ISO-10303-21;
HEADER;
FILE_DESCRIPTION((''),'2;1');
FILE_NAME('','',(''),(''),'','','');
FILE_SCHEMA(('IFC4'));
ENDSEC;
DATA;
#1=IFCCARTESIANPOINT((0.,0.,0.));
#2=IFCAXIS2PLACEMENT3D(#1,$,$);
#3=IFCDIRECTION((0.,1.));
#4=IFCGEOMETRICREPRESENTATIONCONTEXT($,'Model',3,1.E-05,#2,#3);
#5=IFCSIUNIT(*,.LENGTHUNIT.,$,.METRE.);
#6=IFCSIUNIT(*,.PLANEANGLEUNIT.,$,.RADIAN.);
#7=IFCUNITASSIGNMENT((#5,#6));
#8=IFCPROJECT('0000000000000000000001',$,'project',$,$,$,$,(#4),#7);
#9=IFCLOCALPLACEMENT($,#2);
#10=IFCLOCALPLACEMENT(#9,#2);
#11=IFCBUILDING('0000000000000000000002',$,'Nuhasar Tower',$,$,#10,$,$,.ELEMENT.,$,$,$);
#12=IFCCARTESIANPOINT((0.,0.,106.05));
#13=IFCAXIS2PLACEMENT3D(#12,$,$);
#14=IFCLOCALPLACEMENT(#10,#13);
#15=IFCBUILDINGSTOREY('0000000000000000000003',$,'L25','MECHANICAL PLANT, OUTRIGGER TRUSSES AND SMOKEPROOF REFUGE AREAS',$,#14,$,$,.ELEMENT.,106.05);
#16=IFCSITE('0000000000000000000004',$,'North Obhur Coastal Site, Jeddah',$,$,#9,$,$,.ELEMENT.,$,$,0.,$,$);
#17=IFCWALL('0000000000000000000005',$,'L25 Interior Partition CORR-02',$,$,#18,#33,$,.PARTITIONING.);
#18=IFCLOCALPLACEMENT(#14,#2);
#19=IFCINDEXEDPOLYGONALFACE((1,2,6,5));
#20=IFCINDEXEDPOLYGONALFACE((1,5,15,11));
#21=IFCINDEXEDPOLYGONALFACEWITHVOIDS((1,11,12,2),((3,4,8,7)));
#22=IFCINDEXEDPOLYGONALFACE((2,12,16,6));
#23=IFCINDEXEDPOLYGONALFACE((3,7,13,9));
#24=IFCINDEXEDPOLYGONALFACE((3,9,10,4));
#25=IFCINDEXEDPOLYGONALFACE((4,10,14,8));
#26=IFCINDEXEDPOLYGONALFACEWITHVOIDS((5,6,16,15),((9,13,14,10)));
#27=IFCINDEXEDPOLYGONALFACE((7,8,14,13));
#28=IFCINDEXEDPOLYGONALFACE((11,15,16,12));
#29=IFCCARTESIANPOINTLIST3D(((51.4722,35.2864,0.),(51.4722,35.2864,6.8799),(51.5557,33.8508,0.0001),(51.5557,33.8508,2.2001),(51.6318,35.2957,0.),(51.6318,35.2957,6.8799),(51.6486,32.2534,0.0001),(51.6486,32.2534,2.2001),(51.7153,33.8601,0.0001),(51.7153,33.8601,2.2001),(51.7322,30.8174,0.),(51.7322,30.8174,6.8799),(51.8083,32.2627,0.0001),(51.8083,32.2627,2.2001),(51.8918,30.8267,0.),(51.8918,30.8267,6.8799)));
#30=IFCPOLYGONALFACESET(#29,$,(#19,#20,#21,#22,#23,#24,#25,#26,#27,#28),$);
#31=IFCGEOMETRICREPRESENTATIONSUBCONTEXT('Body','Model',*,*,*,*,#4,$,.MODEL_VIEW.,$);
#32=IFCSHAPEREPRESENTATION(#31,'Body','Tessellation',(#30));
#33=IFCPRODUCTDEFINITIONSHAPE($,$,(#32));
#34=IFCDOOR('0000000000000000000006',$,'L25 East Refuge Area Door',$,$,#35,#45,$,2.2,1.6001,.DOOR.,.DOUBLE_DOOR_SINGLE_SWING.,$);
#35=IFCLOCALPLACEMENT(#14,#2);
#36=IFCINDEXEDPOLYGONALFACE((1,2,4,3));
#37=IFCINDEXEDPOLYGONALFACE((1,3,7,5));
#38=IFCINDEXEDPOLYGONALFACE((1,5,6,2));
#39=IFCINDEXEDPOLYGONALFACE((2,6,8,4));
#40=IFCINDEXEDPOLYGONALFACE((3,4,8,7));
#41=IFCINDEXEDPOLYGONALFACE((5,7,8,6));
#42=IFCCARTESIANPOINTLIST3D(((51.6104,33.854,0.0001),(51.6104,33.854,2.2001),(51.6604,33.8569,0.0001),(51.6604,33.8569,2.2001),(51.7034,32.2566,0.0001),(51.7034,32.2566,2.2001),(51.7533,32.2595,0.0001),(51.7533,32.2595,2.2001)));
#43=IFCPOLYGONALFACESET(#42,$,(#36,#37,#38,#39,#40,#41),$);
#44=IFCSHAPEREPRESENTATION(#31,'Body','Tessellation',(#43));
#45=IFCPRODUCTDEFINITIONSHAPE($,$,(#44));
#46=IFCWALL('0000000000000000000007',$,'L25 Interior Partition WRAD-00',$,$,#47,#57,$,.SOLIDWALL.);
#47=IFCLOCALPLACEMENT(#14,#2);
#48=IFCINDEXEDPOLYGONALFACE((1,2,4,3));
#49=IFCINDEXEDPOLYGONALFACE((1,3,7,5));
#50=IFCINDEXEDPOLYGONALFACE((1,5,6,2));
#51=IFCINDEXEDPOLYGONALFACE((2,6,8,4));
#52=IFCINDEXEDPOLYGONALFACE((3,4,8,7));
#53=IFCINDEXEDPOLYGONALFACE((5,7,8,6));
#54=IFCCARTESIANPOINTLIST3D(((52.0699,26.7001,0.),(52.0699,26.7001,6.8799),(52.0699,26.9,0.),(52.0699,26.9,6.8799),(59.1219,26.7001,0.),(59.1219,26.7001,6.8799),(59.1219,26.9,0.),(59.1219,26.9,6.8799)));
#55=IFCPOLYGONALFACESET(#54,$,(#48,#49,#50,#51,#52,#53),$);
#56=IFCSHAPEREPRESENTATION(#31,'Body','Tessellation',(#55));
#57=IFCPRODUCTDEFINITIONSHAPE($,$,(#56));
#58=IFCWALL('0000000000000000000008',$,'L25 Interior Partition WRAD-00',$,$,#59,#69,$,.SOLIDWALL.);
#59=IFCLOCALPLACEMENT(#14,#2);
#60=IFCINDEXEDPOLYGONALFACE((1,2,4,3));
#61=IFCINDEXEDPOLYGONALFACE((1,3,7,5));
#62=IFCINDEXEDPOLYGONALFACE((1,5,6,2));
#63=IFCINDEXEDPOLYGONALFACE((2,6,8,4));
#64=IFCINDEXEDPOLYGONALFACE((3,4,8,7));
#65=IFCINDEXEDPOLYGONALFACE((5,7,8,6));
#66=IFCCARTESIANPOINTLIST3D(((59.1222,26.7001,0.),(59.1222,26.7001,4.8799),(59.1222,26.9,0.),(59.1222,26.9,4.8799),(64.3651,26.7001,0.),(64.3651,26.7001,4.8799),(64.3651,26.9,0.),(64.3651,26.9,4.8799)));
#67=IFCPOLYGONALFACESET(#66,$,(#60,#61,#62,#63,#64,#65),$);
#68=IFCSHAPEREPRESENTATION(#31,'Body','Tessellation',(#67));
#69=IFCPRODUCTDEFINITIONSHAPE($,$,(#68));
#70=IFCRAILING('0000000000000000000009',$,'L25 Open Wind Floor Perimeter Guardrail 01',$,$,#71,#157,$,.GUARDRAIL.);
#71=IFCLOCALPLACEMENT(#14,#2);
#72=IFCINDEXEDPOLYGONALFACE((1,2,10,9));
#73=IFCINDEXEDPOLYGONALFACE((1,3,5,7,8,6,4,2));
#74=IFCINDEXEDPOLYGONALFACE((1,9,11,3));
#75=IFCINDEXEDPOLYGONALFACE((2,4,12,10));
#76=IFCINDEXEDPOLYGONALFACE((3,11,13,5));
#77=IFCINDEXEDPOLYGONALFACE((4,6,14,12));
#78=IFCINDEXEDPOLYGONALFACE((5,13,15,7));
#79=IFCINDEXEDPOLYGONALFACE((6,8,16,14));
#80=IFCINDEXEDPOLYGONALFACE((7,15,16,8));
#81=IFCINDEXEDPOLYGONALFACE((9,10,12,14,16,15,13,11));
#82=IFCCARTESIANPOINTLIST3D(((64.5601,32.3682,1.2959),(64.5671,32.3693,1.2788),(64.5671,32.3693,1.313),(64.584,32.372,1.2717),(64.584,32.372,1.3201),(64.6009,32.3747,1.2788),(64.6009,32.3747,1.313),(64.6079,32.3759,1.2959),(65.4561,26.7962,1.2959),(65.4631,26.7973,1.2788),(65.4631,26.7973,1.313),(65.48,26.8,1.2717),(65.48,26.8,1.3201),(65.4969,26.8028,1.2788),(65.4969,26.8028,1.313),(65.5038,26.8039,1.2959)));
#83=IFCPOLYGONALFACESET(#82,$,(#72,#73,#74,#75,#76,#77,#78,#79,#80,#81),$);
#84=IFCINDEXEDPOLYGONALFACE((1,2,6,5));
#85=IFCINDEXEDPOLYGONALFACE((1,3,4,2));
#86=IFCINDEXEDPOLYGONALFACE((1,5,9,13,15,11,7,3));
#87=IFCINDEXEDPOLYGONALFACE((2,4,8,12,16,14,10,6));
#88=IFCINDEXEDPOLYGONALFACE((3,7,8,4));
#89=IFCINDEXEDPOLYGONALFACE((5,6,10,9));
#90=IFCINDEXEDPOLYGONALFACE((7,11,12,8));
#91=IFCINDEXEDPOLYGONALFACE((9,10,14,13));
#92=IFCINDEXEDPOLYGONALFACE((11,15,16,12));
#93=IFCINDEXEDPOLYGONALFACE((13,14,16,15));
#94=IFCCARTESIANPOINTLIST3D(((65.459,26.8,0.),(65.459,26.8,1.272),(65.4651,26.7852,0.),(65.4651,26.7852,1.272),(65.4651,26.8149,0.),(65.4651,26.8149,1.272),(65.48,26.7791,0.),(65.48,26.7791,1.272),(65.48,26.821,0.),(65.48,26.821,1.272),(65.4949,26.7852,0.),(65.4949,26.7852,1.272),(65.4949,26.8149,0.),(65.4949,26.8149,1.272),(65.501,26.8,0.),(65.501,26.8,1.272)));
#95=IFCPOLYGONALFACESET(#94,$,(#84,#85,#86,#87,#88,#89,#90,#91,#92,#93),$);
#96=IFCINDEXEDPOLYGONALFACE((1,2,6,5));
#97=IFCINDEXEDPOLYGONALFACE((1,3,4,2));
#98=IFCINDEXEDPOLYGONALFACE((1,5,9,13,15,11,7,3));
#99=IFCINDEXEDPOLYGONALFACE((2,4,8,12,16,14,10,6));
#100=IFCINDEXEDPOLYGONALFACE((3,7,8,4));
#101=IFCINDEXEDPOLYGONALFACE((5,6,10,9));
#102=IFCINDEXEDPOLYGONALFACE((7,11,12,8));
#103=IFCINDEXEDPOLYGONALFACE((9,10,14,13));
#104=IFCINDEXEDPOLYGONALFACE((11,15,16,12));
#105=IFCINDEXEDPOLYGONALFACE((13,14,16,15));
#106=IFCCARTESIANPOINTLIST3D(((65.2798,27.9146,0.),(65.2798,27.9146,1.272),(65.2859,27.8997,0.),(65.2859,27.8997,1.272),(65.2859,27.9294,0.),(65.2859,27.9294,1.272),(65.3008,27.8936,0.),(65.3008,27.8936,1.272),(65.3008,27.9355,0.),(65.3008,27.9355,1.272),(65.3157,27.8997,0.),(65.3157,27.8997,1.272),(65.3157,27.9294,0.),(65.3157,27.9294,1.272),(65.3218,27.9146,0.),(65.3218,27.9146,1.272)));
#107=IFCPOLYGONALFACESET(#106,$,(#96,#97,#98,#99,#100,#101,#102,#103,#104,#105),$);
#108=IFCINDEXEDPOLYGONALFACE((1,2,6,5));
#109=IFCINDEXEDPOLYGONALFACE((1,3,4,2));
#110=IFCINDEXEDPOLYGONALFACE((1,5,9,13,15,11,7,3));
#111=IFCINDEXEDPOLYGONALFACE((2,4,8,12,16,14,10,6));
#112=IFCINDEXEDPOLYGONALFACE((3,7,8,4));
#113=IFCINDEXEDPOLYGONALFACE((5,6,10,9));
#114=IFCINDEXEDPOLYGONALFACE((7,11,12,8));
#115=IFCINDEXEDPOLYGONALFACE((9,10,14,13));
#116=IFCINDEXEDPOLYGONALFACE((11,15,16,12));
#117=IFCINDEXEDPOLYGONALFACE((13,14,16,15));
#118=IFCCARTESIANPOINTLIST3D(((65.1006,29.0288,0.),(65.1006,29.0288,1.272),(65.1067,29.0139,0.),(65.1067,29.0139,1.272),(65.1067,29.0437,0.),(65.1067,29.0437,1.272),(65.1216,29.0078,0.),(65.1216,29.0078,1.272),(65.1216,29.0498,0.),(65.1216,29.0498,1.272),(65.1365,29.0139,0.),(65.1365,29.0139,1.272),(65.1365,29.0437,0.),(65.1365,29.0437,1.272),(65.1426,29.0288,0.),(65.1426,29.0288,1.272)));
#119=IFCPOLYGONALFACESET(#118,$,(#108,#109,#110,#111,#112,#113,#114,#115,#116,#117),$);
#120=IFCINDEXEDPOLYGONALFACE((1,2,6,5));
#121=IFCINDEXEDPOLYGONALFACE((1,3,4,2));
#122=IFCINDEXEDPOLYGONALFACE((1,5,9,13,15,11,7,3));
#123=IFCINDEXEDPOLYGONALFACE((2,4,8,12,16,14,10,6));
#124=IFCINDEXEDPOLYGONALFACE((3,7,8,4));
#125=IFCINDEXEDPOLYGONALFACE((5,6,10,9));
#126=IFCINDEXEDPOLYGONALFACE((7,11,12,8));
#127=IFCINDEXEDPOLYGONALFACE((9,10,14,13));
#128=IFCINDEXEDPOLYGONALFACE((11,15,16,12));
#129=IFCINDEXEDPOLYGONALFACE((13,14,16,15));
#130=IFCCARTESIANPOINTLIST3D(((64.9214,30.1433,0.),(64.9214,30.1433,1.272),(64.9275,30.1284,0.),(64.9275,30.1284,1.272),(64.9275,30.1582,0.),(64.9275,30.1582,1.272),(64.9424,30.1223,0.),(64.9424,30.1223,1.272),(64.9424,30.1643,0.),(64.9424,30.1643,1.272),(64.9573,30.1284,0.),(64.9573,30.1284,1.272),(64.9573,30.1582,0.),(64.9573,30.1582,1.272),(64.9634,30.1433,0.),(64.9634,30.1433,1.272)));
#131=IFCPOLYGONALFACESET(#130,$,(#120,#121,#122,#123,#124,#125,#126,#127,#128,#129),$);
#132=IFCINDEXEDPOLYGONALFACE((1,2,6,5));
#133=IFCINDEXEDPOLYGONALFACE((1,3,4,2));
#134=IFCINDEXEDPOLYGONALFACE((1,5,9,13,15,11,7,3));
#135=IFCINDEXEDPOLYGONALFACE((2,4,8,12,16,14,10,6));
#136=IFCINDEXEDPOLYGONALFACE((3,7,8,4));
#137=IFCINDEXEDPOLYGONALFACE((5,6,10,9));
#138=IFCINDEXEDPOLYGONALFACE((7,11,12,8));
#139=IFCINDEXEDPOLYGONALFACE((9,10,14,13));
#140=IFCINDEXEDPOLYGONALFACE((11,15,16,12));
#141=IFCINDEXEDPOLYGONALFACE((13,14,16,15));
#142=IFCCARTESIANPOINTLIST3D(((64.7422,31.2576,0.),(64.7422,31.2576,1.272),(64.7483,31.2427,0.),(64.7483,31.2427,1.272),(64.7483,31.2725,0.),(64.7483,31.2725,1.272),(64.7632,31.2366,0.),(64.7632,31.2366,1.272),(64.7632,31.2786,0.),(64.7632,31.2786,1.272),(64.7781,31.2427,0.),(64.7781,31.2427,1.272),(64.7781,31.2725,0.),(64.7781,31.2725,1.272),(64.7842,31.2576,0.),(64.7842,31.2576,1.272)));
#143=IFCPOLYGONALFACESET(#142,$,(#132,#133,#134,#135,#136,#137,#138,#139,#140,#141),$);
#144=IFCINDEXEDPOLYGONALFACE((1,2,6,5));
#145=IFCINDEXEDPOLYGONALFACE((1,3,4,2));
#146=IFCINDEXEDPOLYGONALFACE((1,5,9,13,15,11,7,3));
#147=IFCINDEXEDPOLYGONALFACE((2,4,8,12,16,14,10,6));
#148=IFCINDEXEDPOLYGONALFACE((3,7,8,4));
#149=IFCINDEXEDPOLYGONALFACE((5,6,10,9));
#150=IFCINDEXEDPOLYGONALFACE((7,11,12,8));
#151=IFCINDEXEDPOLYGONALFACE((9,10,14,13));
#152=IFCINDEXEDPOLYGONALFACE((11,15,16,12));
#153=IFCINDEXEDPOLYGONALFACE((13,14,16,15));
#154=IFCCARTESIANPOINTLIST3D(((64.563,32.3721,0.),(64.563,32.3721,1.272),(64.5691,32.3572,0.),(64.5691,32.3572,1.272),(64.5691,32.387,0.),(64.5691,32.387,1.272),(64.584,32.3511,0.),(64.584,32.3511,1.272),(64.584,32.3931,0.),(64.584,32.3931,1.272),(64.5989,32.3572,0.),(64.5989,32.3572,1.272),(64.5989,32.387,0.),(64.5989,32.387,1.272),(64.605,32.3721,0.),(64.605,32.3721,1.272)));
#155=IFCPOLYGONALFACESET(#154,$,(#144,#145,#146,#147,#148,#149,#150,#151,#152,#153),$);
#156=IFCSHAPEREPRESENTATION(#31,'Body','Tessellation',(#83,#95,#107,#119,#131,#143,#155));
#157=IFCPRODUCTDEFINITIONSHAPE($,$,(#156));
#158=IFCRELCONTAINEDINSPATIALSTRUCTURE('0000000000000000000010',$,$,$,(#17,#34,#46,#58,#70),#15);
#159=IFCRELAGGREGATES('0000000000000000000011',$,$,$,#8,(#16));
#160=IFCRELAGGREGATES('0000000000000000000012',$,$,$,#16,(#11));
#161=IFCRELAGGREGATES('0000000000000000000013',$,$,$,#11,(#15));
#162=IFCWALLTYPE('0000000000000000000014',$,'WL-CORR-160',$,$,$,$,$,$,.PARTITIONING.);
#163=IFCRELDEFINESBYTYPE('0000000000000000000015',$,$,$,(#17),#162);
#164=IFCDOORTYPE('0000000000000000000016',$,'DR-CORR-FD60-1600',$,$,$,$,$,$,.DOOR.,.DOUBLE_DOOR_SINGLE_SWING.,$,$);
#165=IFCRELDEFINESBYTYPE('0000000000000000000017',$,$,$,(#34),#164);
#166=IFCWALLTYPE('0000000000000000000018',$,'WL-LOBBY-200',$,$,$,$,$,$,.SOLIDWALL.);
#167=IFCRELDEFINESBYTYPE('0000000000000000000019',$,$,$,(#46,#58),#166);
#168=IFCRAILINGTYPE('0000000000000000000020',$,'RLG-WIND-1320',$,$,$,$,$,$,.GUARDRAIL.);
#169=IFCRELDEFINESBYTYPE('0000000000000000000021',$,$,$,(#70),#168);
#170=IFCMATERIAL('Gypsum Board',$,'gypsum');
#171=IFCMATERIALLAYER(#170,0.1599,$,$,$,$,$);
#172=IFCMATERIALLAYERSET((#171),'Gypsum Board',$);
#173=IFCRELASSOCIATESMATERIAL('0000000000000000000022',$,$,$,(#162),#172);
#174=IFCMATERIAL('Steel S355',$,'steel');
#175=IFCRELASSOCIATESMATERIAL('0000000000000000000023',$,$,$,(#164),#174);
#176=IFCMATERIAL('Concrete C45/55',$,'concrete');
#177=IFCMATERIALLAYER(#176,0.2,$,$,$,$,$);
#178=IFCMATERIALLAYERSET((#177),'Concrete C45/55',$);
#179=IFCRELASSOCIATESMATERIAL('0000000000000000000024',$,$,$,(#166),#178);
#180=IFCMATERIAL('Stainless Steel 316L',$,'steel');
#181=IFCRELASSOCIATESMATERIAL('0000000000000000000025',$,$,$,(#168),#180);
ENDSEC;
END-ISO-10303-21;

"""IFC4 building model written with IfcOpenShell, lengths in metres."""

from ifc_helpers import new_model, si_unit, direction, frame, frame_2d, origin, place, context, subcontext, project, spatial, polyline, rectangle, outline, extrude, material, layer, layer_set, type_object, element, fill, save


model = new_model("IFC4")

# Units and contexts
model_context = context("Model", 3, precision=1e-05, world=origin(), true_north=direction((0.0, 1.0)))
body_context = subcontext(model_context, "Body", "Model", "MODEL_VIEW")
ifc_project = project(units=[si_unit("LENGTHUNIT", "METRE"), si_unit("PLANEANGLEUNIT", "RADIAN")], contexts=[model_context])

# Site, building, storey
site_placement = place(None, origin())
site = spatial("IfcSite", under=ifc_project, at=site_placement, Name="North Obhur Coastal Site, Jeddah", CompositionType="ELEMENT", RefElevation=0.0)
building_placement = place(site_placement, origin())
building = spatial("IfcBuilding", under=site, at=building_placement, Name="Nuhasar Tower", CompositionType="ELEMENT")
storey_placement = place(building_placement, frame((0.0, 0.0, 106.05)))
storey = spatial("IfcBuildingStorey", under=building, at=storey_placement, Name="L25", Description="MECHANICAL PLANT, OUTRIGGER TRUSSES AND SMOKEPROOF REFUGE AREAS", CompositionType="ELEMENT", Elevation=106.05)

# Shared definitions
ifc_material_1 = material(Name="Steel S355", Category="steel")

# Shared definitions
ifc_material_2 = material(Name="Gypsum Board", Category="gypsum")
ifc_layer_1 = layer(ifc_material_2, 0.1599)
ifc_layer_set_1 = layer_set([ifc_layer_1], Name="Gypsum Board")
wall_type_1 = type_object("IfcWallType", Name="WL-CORR-160", PredefinedType="PARTITIONING", material=ifc_layer_set_1)

# Wall, opening, door
wall_1_placement = place(storey_placement, frame((51.552, 35.291, 0.0), z_axis=(0.0, 0.0, 1.0), x_axis=(0.058083, -0.998312, 0.0)))
wall_1 = element("IfcWall", 1, at=wall_1_placement, inside=storey, type_object=wall_type_1, Name="L25 Interior Partition CORR-02", PredefinedType="PARTITIONING", context=body_context, shape_type="SweptSolid", body=[
    extrude(rectangle(XDim=4.4766, YDim=0.1599, at=frame_2d((2.2383, 0.0))), origin(), (0.0, 0.0, 1.0), 6.8799),
])
opening_placement = place(wall_1_placement, frame((1.438, 0.0, 0.0)))
opening = element("IfcOpeningElement", 2, at=opening_placement, cuts=wall_1, PredefinedType="OPENING", context=body_context, shape_type="SweptSolid", body=[
    extrude(rectangle(XDim=1.6001, YDim=2.2, at=frame_2d((0.8, 1.1001))), frame((0.0, 0.0898, 0.0), z_axis=(0.0, -1.0, 0.0), x_axis=(1.0, 0.0, 0.0)), (0.0, 0.0, 1.0), 0.1799),
])
door_type = type_object("IfcDoorType", Name="DR-CORR-FD60-1600", OperationType="DOUBLE_DOOR_SINGLE_SWING", PredefinedType="DOOR", material=ifc_material_1)
door_placement = place(opening_placement, origin())
door = element("IfcDoor", 3, at=door_placement, inside=storey, type_object=door_type, Name="L25 East Refuge Area Door", OperationType="DOUBLE_DOOR_SINGLE_SWING", OverallHeight=2.2, OverallWidth=1.6001, PredefinedType="DOOR", context=body_context, shape_type="SweptSolid", body=[
    extrude(rectangle(XDim=1.6001, YDim=2.2, at=frame_2d((0.8, 1.1001))), frame((0.0, 0.0249, 0.0), z_axis=(0.0, -1.0, 0.0), x_axis=(1.0, 0.0, 0.0)), (0.0, 0.0, 1.0), 0.05),
])
fill(opening, door)

# Walls
ifc_material_3 = material(Name="Concrete C45/55", Category="concrete")
ifc_layer_2 = layer(ifc_material_3, 0.2)
ifc_layer_set_2 = layer_set([ifc_layer_2], Name="Concrete C45/55")
wall_type_2 = type_object("IfcWallType", Name="WL-LOBBY-200", PredefinedType="SOLIDWALL", material=ifc_layer_set_2)
wall_2_placement = place(storey_placement, frame((52.0701, 26.8, 0.0), z_axis=(0.0, 0.0, 1.0), x_axis=(1.0, 0.0, 0.0)))
element("IfcWall", 4, at=wall_2_placement, inside=storey, type_object=wall_type_2, Name="L25 Interior Partition WRAD-00", PredefinedType="SOLIDWALL", context=body_context, shape_type="SweptSolid", body=[
    extrude(rectangle(XDim=7.052, YDim=0.2, at=frame_2d((3.5259, 0.0))), origin(), (0.0, 0.0, 1.0), 6.8799),
])
wall_3_placement = place(storey_placement, frame((59.1221, 26.8, 0.0), z_axis=(0.0, 0.0, 1.0), x_axis=(1.0, 0.0, 0.0)))
element("IfcWall", 5, at=wall_3_placement, inside=storey, type_object=wall_type_2, Name="L25 Interior Partition WRAD-00", PredefinedType="SOLIDWALL", context=body_context, shape_type="SweptSolid", body=[
    extrude(rectangle(XDim=5.2429, YDim=0.2, at=frame_2d((2.6216, 0.0))), origin(), (0.0, 0.0, 1.0), 4.8799),
])

# Railing
ifc_material_4 = material(Name="Stainless Steel 316L", Category="steel")
railing_type = type_object("IfcRailingType", Name="RLG-WIND-1320", PredefinedType="GUARDRAIL", material=ifc_material_4)
railing_1_placement = place(storey_placement, frame((65.48, 26.8, 0.0)))
element("IfcRailing", 6, at=railing_1_placement, inside=storey, type_object=railing_type, Name="L25 Open Wind Floor Perimeter Guardrail 01", PredefinedType="GUARDRAIL", context=body_context, shape_type="SweptSolid", body=[
    extrude(outline(polyline([(0.0242, 0.0), (0.0171, 0.0171), (0.0, 0.0242), (-0.0171, 0.0171), (-0.0242, 0.0), (-0.0171, -0.0171), (0.0, -0.0242), (0.0171, -0.0171), (0.0242, 0.0)])), frame((0.0, 0.0, 1.2959), z_axis=(-0.158763, 0.987317, 0.0), x_axis=(-0.987317, -0.158763, 0.0)), (0.0, 0.0, 1.0), 5.6436),
    extrude(outline(polyline([(0.021, 0.0), (0.0149, 0.0149), (0.0, 0.021), (-0.0149, 0.0149), (-0.021, 0.0), (-0.0149, -0.0149), (0.0, -0.021), (0.0149, -0.0149), (0.021, 0.0)])), origin(), (0.0, 0.0, 1.0), 1.272),
    extrude(outline(polyline([(0.021, 0.0), (0.0149, 0.0149), (0.0, 0.021), (-0.0149, 0.0149), (-0.021, 0.0), (-0.0149, -0.0149), (0.0, -0.021), (0.0149, -0.0149), (0.021, 0.0)])), frame((-0.1792, 1.1145, 0.0)), (0.0, 0.0, 1.0), 1.272),
    extrude(outline(polyline([(0.021, 0.0), (0.0149, 0.0149), (0.0, 0.021), (-0.0149, 0.0149), (-0.021, 0.0), (-0.0149, -0.0149), (0.0, -0.021), (0.0149, -0.0149), (0.021, 0.0)])), frame((-0.3584, 2.2288, 0.0)), (0.0, 0.0, 1.0), 1.272),
    extrude(outline(polyline([(0.021, 0.0), (0.0149, 0.0149), (0.0, 0.021), (-0.0149, 0.0149), (-0.021, 0.0), (-0.0149, -0.0149), (0.0, -0.021), (0.0149, -0.0149), (0.021, 0.0)])), frame((-0.5376, 3.3433, 0.0)), (0.0, 0.0, 1.0), 1.272),
    extrude(outline(polyline([(0.021, 0.0), (0.0149, 0.0149), (0.0, 0.021), (-0.0149, 0.0149), (-0.021, 0.0), (-0.0149, -0.0149), (0.0, -0.021), (0.0149, -0.0149), (0.021, 0.0)])), frame((-0.7168, 4.4575, 0.0)), (0.0, 0.0, 1.0), 1.272),
    extrude(outline(polyline([(0.021, 0.0), (0.0149, 0.0149), (0.0, 0.021), (-0.0149, 0.0149), (-0.021, 0.0), (-0.0149, -0.0149), (0.0, -0.021), (0.0149, -0.0149), (0.021, 0.0)])), frame((-0.896, 5.572, 0.0)), (0.0, 0.0, 1.0), 1.272),
])

save(model, "model.ifc")
